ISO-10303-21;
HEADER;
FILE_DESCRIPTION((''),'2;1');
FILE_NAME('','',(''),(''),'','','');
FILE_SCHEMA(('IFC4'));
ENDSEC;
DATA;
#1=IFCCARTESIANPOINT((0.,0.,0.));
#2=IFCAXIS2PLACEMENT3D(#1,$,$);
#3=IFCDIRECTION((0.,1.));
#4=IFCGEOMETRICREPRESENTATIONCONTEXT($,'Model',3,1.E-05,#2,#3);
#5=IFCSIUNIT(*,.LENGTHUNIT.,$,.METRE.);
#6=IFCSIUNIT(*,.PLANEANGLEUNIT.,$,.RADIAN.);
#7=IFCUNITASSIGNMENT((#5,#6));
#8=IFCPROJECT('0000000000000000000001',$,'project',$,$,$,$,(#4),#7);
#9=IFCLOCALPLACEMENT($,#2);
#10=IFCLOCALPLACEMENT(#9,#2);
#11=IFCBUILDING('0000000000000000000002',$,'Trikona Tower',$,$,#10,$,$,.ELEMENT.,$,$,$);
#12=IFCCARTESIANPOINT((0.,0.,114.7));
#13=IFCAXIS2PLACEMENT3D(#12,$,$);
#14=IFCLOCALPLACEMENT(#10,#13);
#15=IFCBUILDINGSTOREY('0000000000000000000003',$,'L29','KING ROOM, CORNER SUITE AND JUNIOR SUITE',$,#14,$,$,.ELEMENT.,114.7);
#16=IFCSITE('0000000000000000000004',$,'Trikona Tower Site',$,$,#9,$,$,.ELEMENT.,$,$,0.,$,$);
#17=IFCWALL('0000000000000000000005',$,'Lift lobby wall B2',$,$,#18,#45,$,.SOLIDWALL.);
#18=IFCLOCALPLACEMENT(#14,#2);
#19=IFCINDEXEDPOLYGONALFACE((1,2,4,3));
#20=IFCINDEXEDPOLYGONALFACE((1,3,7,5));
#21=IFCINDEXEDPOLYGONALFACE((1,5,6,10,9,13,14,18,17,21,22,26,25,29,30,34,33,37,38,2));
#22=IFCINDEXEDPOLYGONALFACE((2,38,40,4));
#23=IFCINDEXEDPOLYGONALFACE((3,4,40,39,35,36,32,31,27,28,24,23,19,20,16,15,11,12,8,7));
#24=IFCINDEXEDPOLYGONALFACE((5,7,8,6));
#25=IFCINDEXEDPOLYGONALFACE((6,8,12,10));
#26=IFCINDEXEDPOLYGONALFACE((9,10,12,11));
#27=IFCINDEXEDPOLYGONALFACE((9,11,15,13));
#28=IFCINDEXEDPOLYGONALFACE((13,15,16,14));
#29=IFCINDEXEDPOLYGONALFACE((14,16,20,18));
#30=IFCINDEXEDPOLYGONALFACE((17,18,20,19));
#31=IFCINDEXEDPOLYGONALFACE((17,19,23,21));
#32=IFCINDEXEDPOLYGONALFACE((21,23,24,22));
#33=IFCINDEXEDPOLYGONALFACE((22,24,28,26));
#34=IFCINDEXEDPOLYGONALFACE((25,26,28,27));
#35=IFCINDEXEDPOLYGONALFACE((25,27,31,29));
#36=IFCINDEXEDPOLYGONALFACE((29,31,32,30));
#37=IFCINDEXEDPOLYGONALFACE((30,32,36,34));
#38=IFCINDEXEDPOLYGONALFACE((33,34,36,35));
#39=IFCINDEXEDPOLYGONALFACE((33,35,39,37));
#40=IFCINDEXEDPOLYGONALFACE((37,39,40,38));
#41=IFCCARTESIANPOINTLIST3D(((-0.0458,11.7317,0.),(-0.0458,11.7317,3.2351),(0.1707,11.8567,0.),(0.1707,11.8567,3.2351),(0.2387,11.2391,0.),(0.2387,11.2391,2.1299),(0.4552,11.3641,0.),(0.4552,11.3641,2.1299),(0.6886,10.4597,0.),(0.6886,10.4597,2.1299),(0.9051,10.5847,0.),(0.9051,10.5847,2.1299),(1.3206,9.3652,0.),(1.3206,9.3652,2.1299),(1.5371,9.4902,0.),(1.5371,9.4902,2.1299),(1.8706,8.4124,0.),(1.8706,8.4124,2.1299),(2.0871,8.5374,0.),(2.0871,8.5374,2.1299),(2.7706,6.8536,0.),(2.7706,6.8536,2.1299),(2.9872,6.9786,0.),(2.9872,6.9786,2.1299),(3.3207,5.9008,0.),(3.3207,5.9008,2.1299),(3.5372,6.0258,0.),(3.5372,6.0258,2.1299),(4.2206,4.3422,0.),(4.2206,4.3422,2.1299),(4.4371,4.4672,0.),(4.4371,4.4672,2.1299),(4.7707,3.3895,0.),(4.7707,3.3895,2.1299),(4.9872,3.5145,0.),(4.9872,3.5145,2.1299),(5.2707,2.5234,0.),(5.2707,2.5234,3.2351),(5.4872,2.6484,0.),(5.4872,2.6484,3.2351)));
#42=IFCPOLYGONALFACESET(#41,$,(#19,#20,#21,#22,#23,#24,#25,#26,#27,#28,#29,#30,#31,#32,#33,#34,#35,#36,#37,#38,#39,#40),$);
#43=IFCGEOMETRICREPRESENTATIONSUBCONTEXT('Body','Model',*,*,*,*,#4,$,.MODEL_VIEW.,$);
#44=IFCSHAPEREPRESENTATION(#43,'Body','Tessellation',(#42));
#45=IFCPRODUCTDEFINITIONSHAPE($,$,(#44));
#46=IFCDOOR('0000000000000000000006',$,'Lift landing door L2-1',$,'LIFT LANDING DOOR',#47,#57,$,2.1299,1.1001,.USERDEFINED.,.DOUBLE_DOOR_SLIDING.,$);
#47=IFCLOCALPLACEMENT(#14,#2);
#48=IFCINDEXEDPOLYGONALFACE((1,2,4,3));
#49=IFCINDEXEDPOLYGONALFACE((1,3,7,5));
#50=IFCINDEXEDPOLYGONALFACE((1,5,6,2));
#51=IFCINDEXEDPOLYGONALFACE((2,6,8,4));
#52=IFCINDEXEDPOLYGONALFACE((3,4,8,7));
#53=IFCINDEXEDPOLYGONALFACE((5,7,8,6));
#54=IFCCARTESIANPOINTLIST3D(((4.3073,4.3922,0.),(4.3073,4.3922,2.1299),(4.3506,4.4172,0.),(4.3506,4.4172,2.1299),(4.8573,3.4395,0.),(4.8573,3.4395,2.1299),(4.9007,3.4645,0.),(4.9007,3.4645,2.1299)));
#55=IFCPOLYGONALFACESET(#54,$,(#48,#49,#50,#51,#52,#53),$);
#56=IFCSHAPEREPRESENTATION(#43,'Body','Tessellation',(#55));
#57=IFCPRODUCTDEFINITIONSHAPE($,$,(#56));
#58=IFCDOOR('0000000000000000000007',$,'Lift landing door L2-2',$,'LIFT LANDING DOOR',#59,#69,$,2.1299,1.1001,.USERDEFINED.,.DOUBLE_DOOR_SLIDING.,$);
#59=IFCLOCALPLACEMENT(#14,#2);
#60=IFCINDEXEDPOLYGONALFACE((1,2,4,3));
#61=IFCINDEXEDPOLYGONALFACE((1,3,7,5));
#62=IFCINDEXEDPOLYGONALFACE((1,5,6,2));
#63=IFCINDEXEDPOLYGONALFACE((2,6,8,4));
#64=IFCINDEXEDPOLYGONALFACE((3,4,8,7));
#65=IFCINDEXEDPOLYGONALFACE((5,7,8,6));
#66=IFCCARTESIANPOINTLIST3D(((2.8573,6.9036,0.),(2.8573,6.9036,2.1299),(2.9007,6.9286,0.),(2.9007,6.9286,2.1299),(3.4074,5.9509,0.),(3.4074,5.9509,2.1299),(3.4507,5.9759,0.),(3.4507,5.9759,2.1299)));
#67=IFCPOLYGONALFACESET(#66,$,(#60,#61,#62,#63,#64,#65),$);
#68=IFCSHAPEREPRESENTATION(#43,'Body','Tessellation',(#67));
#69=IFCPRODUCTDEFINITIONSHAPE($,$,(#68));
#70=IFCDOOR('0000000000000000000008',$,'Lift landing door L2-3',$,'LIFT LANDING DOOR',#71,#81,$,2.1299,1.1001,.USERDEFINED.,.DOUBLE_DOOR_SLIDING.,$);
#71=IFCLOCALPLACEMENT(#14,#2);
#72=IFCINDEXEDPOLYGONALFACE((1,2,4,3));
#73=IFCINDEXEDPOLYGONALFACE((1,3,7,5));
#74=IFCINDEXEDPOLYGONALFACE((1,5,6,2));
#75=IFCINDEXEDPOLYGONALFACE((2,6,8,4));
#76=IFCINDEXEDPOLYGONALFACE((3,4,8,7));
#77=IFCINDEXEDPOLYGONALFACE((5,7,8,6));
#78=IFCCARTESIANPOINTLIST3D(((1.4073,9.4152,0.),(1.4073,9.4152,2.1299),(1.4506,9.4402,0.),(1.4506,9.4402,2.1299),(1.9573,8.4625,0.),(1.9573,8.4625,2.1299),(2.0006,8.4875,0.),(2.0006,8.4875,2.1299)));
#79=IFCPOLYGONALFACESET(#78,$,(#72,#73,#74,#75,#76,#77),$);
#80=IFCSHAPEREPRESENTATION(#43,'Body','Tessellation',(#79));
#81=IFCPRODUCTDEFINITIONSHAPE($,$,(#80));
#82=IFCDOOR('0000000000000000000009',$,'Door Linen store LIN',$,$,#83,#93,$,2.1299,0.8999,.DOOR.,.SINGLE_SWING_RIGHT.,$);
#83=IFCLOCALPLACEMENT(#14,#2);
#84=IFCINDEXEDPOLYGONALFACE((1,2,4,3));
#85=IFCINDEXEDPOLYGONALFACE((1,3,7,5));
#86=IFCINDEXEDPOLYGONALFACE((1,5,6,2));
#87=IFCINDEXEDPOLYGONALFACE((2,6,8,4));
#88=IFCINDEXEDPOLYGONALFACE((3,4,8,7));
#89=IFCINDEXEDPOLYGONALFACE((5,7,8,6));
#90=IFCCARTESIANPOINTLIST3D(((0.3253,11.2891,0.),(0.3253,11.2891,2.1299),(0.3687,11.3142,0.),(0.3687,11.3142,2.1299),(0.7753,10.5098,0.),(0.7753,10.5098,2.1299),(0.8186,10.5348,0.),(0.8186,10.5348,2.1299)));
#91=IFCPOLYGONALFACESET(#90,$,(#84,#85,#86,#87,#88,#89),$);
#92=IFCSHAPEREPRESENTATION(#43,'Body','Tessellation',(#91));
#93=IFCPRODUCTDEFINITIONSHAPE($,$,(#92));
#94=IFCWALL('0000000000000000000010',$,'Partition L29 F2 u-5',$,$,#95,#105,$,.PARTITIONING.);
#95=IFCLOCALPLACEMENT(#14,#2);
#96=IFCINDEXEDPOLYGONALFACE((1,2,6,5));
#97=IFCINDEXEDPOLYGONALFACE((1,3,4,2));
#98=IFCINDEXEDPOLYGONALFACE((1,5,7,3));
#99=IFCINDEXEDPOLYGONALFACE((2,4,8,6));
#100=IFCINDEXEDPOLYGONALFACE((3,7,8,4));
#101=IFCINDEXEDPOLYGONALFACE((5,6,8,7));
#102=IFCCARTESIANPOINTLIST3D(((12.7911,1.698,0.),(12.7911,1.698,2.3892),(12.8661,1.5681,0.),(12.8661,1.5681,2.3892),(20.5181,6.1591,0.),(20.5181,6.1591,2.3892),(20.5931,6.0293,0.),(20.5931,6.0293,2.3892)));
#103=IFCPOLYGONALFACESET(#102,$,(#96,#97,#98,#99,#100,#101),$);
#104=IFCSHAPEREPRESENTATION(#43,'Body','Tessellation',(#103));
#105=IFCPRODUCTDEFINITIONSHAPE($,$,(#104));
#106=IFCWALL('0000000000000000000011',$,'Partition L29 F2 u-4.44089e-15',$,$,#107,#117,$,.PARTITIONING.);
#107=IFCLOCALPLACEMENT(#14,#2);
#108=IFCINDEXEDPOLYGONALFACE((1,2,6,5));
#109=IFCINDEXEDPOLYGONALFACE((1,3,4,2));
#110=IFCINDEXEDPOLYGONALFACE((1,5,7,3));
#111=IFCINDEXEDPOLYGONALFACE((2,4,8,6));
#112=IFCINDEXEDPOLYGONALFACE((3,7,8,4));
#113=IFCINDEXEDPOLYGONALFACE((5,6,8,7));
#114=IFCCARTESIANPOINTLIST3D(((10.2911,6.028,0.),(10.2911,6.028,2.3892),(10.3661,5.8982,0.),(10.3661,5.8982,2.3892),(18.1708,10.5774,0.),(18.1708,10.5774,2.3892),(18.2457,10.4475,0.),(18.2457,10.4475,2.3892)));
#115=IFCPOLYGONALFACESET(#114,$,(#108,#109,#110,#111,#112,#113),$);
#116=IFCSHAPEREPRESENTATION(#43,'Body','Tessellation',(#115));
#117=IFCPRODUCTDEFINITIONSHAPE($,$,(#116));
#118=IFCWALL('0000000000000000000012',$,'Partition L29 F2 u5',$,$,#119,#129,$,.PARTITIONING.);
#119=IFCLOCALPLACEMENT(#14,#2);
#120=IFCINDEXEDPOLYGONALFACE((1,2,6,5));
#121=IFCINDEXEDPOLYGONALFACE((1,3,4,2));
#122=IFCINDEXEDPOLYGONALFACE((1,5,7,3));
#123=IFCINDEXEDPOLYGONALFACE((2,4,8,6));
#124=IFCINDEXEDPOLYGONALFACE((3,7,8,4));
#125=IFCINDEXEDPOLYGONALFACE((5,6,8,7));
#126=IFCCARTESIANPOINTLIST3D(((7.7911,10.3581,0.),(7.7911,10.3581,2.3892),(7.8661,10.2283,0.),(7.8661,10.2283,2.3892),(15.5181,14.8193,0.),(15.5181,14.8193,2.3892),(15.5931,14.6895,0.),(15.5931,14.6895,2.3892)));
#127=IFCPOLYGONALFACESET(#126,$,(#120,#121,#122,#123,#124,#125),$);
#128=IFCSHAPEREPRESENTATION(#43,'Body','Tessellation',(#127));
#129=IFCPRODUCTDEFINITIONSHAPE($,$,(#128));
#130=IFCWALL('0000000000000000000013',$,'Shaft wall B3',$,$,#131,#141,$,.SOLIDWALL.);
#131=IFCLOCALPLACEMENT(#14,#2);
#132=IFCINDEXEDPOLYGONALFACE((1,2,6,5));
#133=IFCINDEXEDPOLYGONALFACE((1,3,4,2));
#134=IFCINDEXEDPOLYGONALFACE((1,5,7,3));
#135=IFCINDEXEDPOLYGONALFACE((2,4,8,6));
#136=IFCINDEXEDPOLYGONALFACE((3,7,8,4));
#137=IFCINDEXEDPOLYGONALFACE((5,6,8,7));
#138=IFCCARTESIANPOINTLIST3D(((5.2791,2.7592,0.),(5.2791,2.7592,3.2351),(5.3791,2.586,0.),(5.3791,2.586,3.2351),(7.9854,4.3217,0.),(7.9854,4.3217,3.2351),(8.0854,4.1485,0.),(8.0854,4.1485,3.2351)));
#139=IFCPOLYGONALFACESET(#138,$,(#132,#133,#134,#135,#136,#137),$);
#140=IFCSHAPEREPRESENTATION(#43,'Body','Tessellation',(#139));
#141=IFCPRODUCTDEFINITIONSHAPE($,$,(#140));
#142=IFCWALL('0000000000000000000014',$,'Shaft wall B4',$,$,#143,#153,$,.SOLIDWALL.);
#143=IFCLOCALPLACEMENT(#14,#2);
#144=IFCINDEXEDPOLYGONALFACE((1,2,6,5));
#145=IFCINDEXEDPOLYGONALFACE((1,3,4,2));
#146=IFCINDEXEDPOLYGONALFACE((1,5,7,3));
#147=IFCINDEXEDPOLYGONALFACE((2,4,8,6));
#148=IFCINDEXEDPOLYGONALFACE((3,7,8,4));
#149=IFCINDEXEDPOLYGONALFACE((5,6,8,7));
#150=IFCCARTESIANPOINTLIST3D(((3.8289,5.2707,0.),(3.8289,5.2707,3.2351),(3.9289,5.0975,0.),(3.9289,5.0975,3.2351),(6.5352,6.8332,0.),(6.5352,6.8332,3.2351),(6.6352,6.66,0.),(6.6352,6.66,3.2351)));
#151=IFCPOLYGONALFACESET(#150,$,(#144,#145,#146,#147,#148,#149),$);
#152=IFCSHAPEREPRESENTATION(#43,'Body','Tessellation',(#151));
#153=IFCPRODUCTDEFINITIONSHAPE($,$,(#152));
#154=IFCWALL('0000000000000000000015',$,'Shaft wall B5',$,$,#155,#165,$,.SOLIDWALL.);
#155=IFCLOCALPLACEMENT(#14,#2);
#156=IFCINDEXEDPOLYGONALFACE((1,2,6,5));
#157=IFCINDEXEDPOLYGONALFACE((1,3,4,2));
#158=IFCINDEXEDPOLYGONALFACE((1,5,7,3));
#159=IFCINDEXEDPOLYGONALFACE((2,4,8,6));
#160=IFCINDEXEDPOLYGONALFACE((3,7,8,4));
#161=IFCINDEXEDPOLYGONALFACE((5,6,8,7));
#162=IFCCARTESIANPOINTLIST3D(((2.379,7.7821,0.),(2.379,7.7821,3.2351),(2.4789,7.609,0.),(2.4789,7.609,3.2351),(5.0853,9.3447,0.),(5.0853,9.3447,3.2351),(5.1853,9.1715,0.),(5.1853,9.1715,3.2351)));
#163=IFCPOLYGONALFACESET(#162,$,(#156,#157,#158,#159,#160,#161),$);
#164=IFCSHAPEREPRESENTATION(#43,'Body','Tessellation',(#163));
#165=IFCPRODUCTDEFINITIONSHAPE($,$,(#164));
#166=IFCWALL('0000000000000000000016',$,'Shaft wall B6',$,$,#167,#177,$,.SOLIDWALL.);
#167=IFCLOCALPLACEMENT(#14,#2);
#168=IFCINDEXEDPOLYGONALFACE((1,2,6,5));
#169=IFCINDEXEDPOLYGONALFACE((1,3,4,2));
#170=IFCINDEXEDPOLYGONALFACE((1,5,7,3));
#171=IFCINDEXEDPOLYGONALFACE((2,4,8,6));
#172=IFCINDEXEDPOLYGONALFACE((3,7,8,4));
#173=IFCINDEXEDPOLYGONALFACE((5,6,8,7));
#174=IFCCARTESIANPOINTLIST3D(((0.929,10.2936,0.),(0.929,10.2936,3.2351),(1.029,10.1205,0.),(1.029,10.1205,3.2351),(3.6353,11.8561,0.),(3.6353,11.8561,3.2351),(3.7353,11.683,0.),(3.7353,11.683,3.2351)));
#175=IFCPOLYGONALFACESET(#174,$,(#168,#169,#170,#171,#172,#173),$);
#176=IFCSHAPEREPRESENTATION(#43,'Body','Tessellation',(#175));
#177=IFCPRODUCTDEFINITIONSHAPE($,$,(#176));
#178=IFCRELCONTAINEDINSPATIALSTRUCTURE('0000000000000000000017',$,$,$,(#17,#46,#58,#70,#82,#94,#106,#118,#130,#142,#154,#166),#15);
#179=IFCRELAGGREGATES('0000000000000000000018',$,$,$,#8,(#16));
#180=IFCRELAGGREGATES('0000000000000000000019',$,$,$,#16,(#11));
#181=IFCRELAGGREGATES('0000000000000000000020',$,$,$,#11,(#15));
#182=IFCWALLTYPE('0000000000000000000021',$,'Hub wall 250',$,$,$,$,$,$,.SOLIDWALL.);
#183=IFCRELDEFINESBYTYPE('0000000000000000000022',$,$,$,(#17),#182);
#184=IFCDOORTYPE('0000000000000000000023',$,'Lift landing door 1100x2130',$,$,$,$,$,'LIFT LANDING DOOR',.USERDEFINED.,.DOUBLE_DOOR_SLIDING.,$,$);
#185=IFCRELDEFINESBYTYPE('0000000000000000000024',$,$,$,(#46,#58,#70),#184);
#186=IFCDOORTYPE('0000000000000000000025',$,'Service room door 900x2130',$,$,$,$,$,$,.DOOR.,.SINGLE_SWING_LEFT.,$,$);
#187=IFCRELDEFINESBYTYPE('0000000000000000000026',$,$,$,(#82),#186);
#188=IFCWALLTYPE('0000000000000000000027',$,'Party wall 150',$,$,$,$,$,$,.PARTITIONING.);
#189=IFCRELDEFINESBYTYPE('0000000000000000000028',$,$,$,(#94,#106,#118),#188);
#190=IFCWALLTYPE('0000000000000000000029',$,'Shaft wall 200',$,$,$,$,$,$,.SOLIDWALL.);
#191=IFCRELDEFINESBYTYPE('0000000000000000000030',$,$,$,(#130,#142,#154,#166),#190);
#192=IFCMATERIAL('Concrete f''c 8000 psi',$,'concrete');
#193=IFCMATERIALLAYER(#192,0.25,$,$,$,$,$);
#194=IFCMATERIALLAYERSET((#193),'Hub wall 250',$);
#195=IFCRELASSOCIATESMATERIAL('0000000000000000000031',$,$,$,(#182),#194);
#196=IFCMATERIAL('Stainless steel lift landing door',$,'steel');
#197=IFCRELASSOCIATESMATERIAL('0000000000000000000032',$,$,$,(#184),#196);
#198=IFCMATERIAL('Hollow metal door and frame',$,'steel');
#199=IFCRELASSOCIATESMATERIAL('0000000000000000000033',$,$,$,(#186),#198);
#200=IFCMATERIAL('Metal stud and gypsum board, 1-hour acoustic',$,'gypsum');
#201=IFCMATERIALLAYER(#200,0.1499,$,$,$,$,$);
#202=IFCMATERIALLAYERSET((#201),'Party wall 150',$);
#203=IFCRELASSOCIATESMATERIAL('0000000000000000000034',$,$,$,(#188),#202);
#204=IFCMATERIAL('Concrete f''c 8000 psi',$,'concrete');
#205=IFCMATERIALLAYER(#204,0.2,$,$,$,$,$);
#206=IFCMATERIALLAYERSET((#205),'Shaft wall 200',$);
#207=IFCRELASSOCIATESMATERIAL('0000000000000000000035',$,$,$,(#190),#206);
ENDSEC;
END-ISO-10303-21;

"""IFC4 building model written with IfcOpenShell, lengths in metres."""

from ifc_helpers import new_model, si_unit, direction, frame, frame_2d, origin, place, context, subcontext, project, spatial, rectangle, extrude, material, layer, layer_set, type_object, element, fill, save


model = new_model("IFC4")

# Units and contexts
model_context = context("Model", 3, precision=1e-05, world=origin(), true_north=direction((0.0, 1.0)))
body_context = subcontext(model_context, "Body", "Model", "MODEL_VIEW")
ifc_project = project(units=[si_unit("LENGTHUNIT", "METRE"), si_unit("PLANEANGLEUNIT", "RADIAN")], contexts=[model_context])

# Site, building, storey
site_placement = place(None, origin())
site = spatial("IfcSite", under=ifc_project, at=site_placement, Name="Trikona Tower Site", CompositionType="ELEMENT", RefElevation=0.0)
building_placement = place(site_placement, origin())
building = spatial("IfcBuilding", under=site, at=building_placement, Name="Trikona Tower", CompositionType="ELEMENT")
storey_placement = place(building_placement, frame((0.0, 0.0, 114.7)))
storey = spatial("IfcBuildingStorey", under=building, at=storey_placement, Name="L29", Description="KING ROOM, CORNER SUITE AND JUNIOR SUITE", CompositionType="ELEMENT", Elevation=114.7)

# Wall, openings, doors
ifc_material_1 = material(Name="Concrete f'c 8000 psi", Category="concrete")
ifc_layer_1 = layer(ifc_material_1, 0.25)
ifc_layer_set_1 = layer_set([ifc_layer_1], Name="Hub wall 250")
wall_type_1 = type_object("IfcWallType", Name="Hub wall 250", PredefinedType="SOLIDWALL", material=ifc_layer_set_1)
wall_1_placement = place(storey_placement, frame((5.3789, 2.5859, 0.0), z_axis=(0.0, 0.0, 1.0), x_axis=(-0.500001, 0.866025, 0.0)))
wall_1 = element("IfcWall", 1, at=wall_1_placement, inside=storey, type_object=wall_type_1, Name="Lift lobby wall B2", PredefinedType="SOLIDWALL", context=body_context, shape_type="SweptSolid", body=[
    extrude(rectangle(XDim=10.6328, YDim=0.25, at=frame_2d((5.3164, 0.0))), origin(), (0.0, 0.0, 1.0), 3.2351),
])
opening_1_placement = place(wall_1_placement, frame((9.1641, 0.0, 0.0)))
opening_1 = element("IfcOpeningElement", 2, at=opening_1_placement, cuts=wall_1, PredefinedType="OPENING", context=body_context, shape_type="SweptSolid", body=[
    extrude(rectangle(XDim=0.8999, YDim=2.1299, at=frame_2d((0.45, 1.0649))), frame((0.0, 0.135, 0.0), z_axis=(0.0, -1.0, 0.0), x_axis=(1.0, 0.0, 0.0)), (0.0, 0.0, 1.0), 0.27),
])
opening_2_placement = place(wall_1_placement, frame((1.0, 0.0, 0.0)))
opening_2 = element("IfcOpeningElement", 3, at=opening_2_placement, cuts=wall_1, PredefinedType="OPENING", context=body_context, shape_type="SweptSolid", body=[
    extrude(rectangle(XDim=1.1001, YDim=2.1299, at=frame_2d((0.55, 1.0649))), frame((0.0, 0.135, 0.0), z_axis=(0.0, -1.0, 0.0), x_axis=(1.0, 0.0, 0.0)), (0.0, 0.0, 1.0), 0.27),
])
opening_3_placement = place(wall_1_placement, frame((3.8999, 0.0, 0.0)))
opening_3 = element("IfcOpeningElement", 4, at=opening_3_placement, cuts=wall_1, PredefinedType="OPENING", context=body_context, shape_type="SweptSolid", body=[
    extrude(rectangle(XDim=1.1001, YDim=2.1299, at=frame_2d((0.55, 1.0649))), frame((0.0, 0.135, 0.0), z_axis=(0.0, -1.0, 0.0), x_axis=(1.0, 0.0, 0.0)), (0.0, 0.0, 1.0), 0.27),
])
opening_4_placement = place(wall_1_placement, frame((6.8, 0.0, 0.0)))
opening_4 = element("IfcOpeningElement", 5, at=opening_4_placement, cuts=wall_1, PredefinedType="OPENING", context=body_context, shape_type="SweptSolid", body=[
    extrude(rectangle(XDim=1.1001, YDim=2.1299, at=frame_2d((0.55, 1.0649))), frame((0.0, 0.135, 0.0), z_axis=(0.0, -1.0, 0.0), x_axis=(1.0, 0.0, 0.0)), (0.0, 0.0, 1.0), 0.27),
])
ifc_material_2 = material(Name="Stainless steel lift landing door", Category="steel")
door_type_1 = type_object("IfcDoorType", Name="Lift landing door 1100x2130", ElementType="LIFT LANDING DOOR", OperationType="DOUBLE_DOOR_SLIDING", PredefinedType="USERDEFINED", material=ifc_material_2)
door_1_placement = place(opening_2_placement, origin())
door_1 = element("IfcDoor", 6, at=door_1_placement, inside=storey, type_object=door_type_1, Name="Lift landing door L2-1", ObjectType="LIFT LANDING DOOR", OperationType="DOUBLE_DOOR_SLIDING", OverallHeight=2.1299, OverallWidth=1.1001, PredefinedType="USERDEFINED", context=body_context, shape_type="SweptSolid", body=[
    extrude(rectangle(XDim=1.1001, YDim=2.1299, at=frame_2d((0.55, 1.0649))), frame((0.0, 0.0249, 0.0), z_axis=(0.0, -1.0, 0.0), x_axis=(1.0, 0.0, 0.0)), (0.0, 0.0, 1.0), 0.05),
])
fill(opening_2, door_1)
door_2_placement = place(opening_3_placement, origin())
door_2 = element("IfcDoor", 7, at=door_2_placement, inside=storey, type_object=door_type_1, Name="Lift landing door L2-2", ObjectType="LIFT LANDING DOOR", OperationType="DOUBLE_DOOR_SLIDING", OverallHeight=2.1299, OverallWidth=1.1001, PredefinedType="USERDEFINED", context=body_context, shape_type="SweptSolid", body=[
    extrude(rectangle(XDim=1.1001, YDim=2.1299, at=frame_2d((0.55, 1.0649))), frame((0.0, 0.0249, 0.0), z_axis=(0.0, -1.0, 0.0), x_axis=(1.0, 0.0, 0.0)), (0.0, 0.0, 1.0), 0.05),
])
fill(opening_3, door_2)
door_3_placement = place(opening_4_placement, origin())
door_3 = element("IfcDoor", 8, at=door_3_placement, inside=storey, type_object=door_type_1, Name="Lift landing door L2-3", ObjectType="LIFT LANDING DOOR", OperationType="DOUBLE_DOOR_SLIDING", OverallHeight=2.1299, OverallWidth=1.1001, PredefinedType="USERDEFINED", context=body_context, shape_type="SweptSolid", body=[
    extrude(rectangle(XDim=1.1001, YDim=2.1299, at=frame_2d((0.55, 1.0649))), frame((0.0, 0.0249, 0.0), z_axis=(0.0, -1.0, 0.0), x_axis=(1.0, 0.0, 0.0)), (0.0, 0.0, 1.0), 0.05),
])
fill(opening_4, door_3)
ifc_material_3 = material(Name="Hollow metal door and frame", Category="steel")
door_type_2 = type_object("IfcDoorType", Name="Service room door 900x2130", OperationType="SINGLE_SWING_LEFT", PredefinedType="DOOR", material=ifc_material_3)
door_4_placement = place(opening_1_placement, origin())
door_4 = element("IfcDoor", 9, at=door_4_placement, inside=storey, type_object=door_type_2, Name="Door Linen store LIN", OperationType="SINGLE_SWING_RIGHT", OverallHeight=2.1299, OverallWidth=0.8999, PredefinedType="DOOR", context=body_context, shape_type="SweptSolid", body=[
    extrude(rectangle(XDim=0.8999, YDim=2.1299, at=frame_2d((0.45, 1.0649))), frame((0.0, 0.0249, 0.0), z_axis=(0.0, -1.0, 0.0), x_axis=(1.0, 0.0, 0.0)), (0.0, 0.0, 1.0), 0.05),
])
fill(opening_1, door_4)

# Walls
ifc_material_4 = material(Name="Metal stud and gypsum board, 1-hour acoustic", Category="gypsum")
ifc_layer_2 = layer(ifc_material_4, 0.1499)
ifc_layer_set_2 = layer_set([ifc_layer_2], Name="Party wall 150")
wall_type_2 = type_object("IfcWallType", Name="Party wall 150", PredefinedType="PARTITIONING", material=ifc_layer_set_2)
wall_2_placement = place(storey_placement, frame((12.8286, 1.6331, 0.0), z_axis=(0.0, 0.0, 1.0), x_axis=(0.866027, 0.499997, 0.0)))
element("IfcWall", 10, at=wall_2_placement, inside=storey, type_object=wall_type_2, Name="Partition L29 F2 u-5", PredefinedType="PARTITIONING", context=body_context, shape_type="SweptSolid", body=[
    extrude(rectangle(XDim=8.9224, YDim=0.1499, at=frame_2d((4.4612, 0.0))), origin(), (0.0, 0.0, 1.0), 2.3892),
])
wall_3_placement = place(storey_placement, frame((10.3286, 5.9631, 0.0), z_axis=(0.0, 0.0, 1.0), x_axis=(0.866025, 0.5, 0.0)))
element("IfcWall", 11, at=wall_3_placement, inside=storey, type_object=wall_type_2, Name="Partition L29 F2 u-4.44089e-15", PredefinedType="PARTITIONING", context=body_context, shape_type="SweptSolid", body=[
    extrude(rectangle(XDim=9.0986, YDim=0.1499, at=frame_2d((4.5493, 0.0))), origin(), (0.0, 0.0, 1.0), 2.3892),
])
wall_4_placement = place(storey_placement, frame((7.8286, 10.2932, 0.0), z_axis=(0.0, 0.0, 1.0), x_axis=(0.866027, 0.499997, 0.0)))
element("IfcWall", 12, at=wall_4_placement, inside=storey, type_object=wall_type_2, Name="Partition L29 F2 u5", PredefinedType="PARTITIONING", context=body_context, shape_type="SweptSolid", body=[
    extrude(rectangle(XDim=8.9224, YDim=0.1499, at=frame_2d((4.4612, 0.0))), origin(), (0.0, 0.0, 1.0), 2.3892),
])
ifc_material_5 = material(Name="Concrete f'c 8000 psi", Category="concrete")
ifc_layer_3 = layer(ifc_material_5, 0.2)
ifc_layer_set_3 = layer_set([ifc_layer_3], Name="Shaft wall 200")
wall_type_3 = type_object("IfcWallType", Name="Shaft wall 200", PredefinedType="SOLIDWALL", material=ifc_layer_set_3)
for number, where, z_axis, x_axis, name in (
    (13, (5.3291, 2.6726, 0.0), (0.0, 0.0, 1.0), (0.866023, 0.500004, 0.0), "Shaft wall B3"),
    (14, (3.8789, 5.1841, 0.0), (0.0, 0.0, 1.0), (0.866023, 0.500004, 0.0), "Shaft wall B4"),
    (15, (2.429, 7.6956, 0.0), (0.0, 0.0, 1.0), (0.866023, 0.500004, 0.0), "Shaft wall B5"),
    (16, (0.979, 10.207, 0.0), (0.0, 0.0, 1.0), (0.866023, 0.500004, 0.0), "Shaft wall B6"),
):
    element("IfcWall", number, at=place(storey_placement, frame(where, z_axis=z_axis, x_axis=x_axis)), inside=storey, type_object=wall_type_3, Name=name, PredefinedType="SOLIDWALL", context=body_context, shape_type="SweptSolid", body=[
        extrude(rectangle(XDim=3.125, YDim=0.2, at=frame_2d((1.5625, 0.0))), origin(), (0.0, 0.0, 1.0), 3.2351),
    ])

save(model, "model.ifc")
